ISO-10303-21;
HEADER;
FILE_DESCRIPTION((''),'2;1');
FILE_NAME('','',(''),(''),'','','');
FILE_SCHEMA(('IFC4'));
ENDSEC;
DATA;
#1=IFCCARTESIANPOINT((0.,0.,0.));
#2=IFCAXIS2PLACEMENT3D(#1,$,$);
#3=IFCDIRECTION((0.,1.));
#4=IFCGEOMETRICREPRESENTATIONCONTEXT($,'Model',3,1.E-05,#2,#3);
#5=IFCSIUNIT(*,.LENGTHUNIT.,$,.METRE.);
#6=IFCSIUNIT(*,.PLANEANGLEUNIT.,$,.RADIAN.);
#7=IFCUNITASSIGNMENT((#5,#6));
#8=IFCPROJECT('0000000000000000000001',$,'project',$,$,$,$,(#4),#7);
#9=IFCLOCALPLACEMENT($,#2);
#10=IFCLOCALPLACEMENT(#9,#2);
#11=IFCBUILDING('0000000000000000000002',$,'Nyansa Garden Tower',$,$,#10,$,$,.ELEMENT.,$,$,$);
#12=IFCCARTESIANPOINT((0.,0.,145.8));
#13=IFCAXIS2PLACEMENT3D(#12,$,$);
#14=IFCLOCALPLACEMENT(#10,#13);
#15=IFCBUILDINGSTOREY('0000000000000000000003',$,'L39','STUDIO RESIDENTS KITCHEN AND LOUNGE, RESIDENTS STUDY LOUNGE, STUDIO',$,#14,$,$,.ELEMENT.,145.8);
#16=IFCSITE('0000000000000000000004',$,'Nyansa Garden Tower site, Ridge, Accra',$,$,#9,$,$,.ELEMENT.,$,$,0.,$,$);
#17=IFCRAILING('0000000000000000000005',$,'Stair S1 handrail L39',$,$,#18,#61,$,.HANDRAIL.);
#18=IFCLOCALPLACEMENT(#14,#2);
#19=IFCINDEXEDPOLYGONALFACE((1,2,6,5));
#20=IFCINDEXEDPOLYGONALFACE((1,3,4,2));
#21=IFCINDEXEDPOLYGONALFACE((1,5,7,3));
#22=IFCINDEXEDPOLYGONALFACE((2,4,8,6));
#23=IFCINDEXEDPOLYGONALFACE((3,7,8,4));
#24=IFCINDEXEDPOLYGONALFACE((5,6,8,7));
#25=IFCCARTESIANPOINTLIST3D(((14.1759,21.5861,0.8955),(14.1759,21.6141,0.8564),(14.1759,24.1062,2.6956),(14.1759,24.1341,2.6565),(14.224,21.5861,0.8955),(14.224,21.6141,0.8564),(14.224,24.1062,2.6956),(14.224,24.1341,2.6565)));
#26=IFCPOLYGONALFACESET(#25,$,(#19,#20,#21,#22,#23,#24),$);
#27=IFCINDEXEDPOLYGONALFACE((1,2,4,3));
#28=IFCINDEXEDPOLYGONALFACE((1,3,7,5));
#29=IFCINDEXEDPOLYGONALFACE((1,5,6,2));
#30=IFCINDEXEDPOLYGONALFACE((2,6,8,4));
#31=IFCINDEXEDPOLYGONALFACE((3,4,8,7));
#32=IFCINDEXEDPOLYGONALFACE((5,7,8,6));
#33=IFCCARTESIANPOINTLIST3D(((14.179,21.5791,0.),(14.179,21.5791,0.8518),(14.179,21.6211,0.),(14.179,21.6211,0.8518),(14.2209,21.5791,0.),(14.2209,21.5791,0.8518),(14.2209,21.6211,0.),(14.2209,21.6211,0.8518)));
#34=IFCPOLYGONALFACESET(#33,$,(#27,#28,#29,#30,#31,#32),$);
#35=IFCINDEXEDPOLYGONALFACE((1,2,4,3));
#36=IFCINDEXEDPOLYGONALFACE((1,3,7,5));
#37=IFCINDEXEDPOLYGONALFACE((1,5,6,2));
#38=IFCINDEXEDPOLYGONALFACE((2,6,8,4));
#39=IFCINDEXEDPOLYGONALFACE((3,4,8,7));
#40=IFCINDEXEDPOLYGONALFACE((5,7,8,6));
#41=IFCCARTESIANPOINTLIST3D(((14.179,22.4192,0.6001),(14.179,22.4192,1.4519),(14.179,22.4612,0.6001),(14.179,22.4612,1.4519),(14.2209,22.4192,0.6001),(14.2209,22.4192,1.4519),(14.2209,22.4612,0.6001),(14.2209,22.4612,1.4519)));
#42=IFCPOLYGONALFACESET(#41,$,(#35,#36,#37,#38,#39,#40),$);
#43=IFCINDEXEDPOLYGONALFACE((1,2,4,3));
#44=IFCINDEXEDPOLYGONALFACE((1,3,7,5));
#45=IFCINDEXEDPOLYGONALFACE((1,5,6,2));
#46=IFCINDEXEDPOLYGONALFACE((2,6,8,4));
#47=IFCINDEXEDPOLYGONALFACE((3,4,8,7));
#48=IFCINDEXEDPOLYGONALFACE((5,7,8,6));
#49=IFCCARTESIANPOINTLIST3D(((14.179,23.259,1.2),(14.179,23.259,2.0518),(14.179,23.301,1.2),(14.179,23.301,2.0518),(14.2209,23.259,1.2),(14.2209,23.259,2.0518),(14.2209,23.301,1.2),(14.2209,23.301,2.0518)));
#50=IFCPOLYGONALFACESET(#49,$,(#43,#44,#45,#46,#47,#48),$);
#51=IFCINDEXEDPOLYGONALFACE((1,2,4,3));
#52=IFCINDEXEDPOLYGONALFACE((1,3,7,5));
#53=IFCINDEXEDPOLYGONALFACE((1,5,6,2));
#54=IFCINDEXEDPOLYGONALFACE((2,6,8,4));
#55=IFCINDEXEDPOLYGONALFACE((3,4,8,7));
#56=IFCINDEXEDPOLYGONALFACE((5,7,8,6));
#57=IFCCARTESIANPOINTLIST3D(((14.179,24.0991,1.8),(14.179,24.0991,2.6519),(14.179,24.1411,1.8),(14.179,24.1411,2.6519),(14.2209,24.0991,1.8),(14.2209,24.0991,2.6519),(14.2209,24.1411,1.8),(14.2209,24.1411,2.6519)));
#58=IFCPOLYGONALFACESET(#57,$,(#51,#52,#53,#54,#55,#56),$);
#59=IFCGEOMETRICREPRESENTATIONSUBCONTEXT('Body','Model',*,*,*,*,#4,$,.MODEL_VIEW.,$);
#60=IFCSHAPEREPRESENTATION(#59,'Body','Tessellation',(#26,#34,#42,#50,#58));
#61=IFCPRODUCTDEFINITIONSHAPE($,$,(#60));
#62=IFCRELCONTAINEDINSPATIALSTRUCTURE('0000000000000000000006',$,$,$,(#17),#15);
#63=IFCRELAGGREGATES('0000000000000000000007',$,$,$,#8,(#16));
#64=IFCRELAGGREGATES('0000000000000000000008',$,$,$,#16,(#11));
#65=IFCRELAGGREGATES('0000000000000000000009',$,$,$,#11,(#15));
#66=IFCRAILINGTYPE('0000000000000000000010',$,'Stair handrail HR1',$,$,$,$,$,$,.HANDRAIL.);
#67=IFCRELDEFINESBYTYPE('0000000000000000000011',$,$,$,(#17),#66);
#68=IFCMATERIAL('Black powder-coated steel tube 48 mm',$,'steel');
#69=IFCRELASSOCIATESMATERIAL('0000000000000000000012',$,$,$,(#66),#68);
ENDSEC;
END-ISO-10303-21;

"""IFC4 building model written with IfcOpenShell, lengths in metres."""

from ifc_helpers import new_model, si_unit, direction, frame, origin, origin_2d, place, context, subcontext, project, spatial, rectangle, extrude, material, type_object, element, save


model = new_model("IFC4")

# Units and contexts
model_context = context("Model", 3, precision=1e-05, world=origin(), true_north=direction((0.0, 1.0)))
body_context = subcontext(model_context, "Body", "Model", "MODEL_VIEW")
ifc_project = project(units=[si_unit("LENGTHUNIT", "METRE"), si_unit("PLANEANGLEUNIT", "RADIAN")], contexts=[model_context])

# Site, building, storey
site_placement = place(None, origin())
site = spatial("IfcSite", under=ifc_project, at=site_placement, Name="Nyansa Garden Tower site, Ridge, Accra", CompositionType="ELEMENT", RefElevation=0.0)
building_placement = place(site_placement, origin())
building = spatial("IfcBuilding", under=site, at=building_placement, Name="Nyansa Garden Tower", CompositionType="ELEMENT")
storey_placement = place(building_placement, frame((0.0, 0.0, 145.8)))
storey = spatial("IfcBuildingStorey", under=building, at=storey_placement, Name="L39", Description="STUDIO RESIDENTS KITCHEN AND LOUNGE, RESIDENTS STUDY LOUNGE, STUDIO", CompositionType="ELEMENT", Elevation=145.8)

# Railing
ifc_material_1 = material(Name="Black powder-coated steel tube 48 mm", Category="steel")
railing_type = type_object("IfcRailingType", Name="Stair handrail HR1", PredefinedType="HANDRAIL", material=ifc_material_1)
railing_placement = place(storey_placement, frame((14.2, 21.6001, 0.0)))
element("IfcRailing", 1, at=railing_placement, inside=storey, type_object=railing_type, Name="Stair S1 handrail L39", PredefinedType="HANDRAIL", context=body_context, shape_type="SweptSolid", body=[
    extrude(rectangle(XDim=0.0481, YDim=0.0481, at=origin_2d()), frame((0.0, 0.0, 0.876), z_axis=(0.0, 0.813728, 0.581246), x_axis=(-1.0, 0.0, 0.0)), (0.0, 0.0, 1.0), 3.0969),
    extrude(rectangle(XDim=0.042, YDim=0.042, at=origin_2d()), origin(), (0.0, 0.0, 1.0), 0.8518),
    extrude(rectangle(XDim=0.042, YDim=0.042, at=origin_2d()), frame((0.0, 0.8401, 0.6001)), (0.0, 0.0, 1.0), 0.8518),
    extrude(rectangle(XDim=0.042, YDim=0.042, at=origin_2d()), frame((0.0, 1.6799, 1.2)), (0.0, 0.0, 1.0), 0.8518),
    extrude(rectangle(XDim=0.042, YDim=0.042, at=origin_2d()), frame((0.0, 2.52, 1.8)), (0.0, 0.0, 1.0), 0.8518),
])

save(model, "model.ifc")
